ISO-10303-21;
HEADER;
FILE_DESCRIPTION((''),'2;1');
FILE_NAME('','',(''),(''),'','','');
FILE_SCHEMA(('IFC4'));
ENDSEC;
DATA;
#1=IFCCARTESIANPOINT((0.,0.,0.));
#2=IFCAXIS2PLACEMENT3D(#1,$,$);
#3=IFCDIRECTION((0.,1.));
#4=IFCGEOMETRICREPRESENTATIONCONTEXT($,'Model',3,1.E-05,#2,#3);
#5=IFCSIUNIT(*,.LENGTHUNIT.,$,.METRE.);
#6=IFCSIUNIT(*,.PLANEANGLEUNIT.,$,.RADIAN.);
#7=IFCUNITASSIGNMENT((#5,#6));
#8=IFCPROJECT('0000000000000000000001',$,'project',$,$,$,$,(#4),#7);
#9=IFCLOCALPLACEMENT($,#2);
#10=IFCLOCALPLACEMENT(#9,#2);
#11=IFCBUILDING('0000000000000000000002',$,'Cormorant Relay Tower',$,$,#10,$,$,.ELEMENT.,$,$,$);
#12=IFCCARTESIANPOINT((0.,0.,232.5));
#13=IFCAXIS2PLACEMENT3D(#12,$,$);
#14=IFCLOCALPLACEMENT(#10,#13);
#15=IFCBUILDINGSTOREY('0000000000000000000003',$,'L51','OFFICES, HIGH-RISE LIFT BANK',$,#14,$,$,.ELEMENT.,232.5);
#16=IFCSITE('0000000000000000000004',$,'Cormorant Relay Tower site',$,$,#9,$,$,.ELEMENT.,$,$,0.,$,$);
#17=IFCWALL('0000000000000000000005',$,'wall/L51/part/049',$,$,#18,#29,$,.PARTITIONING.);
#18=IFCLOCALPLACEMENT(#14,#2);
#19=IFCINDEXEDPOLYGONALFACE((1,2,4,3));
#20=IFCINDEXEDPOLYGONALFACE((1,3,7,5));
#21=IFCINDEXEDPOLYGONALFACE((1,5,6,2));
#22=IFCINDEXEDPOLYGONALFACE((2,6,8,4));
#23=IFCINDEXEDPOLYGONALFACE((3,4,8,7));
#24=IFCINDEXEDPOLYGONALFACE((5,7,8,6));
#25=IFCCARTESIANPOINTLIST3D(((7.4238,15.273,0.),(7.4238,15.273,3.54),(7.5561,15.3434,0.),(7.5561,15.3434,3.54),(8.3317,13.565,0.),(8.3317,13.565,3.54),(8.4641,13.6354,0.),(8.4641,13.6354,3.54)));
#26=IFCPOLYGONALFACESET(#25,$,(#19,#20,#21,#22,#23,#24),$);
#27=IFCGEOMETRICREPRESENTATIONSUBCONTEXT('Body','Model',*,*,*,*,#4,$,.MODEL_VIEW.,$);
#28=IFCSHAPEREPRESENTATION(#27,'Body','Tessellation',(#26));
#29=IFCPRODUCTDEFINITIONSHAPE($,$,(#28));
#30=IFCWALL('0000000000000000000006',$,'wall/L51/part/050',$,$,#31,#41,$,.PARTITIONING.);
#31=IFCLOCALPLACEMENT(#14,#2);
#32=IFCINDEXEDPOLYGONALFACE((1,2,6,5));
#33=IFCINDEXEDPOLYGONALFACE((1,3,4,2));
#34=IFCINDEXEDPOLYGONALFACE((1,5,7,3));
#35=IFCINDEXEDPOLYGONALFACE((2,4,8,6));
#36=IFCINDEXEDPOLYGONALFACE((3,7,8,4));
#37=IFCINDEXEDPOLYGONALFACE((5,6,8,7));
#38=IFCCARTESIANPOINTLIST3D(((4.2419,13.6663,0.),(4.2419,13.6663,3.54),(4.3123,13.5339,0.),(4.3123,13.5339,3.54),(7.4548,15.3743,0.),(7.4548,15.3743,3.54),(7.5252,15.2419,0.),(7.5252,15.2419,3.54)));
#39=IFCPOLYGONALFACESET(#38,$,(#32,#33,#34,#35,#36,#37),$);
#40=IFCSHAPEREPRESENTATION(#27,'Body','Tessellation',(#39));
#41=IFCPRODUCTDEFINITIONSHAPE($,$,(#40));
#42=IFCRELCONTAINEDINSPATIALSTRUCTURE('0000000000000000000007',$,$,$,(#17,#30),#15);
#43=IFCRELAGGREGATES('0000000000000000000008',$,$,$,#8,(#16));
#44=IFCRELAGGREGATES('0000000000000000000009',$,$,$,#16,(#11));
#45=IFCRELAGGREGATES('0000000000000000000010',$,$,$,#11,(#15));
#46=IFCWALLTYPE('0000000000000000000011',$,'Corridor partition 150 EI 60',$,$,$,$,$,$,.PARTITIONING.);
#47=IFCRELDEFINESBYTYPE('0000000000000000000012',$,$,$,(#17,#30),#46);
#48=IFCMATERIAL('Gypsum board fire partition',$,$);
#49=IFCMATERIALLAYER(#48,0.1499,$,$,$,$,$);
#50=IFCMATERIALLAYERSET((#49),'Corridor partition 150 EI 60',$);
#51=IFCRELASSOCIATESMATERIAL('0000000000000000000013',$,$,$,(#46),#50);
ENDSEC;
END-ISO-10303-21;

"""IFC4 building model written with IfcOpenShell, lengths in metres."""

from ifc_helpers import new_model, si_unit, direction, frame, frame_2d, origin, place, context, subcontext, project, spatial, rectangle, extrude, material, layer, layer_set, type_object, element, save


model = new_model("IFC4")

# Units and contexts
model_context = context("Model", 3, precision=1e-05, world=origin(), true_north=direction((0.0, 1.0)))
body_context = subcontext(model_context, "Body", "Model", "MODEL_VIEW")
ifc_project = project(units=[si_unit("LENGTHUNIT", "METRE"), si_unit("PLANEANGLEUNIT", "RADIAN")], contexts=[model_context])

# Site, building, storey
site_placement = place(None, origin())
site = spatial("IfcSite", under=ifc_project, at=site_placement, Name="Cormorant Relay Tower site", CompositionType="ELEMENT", RefElevation=0.0)
building_placement = place(site_placement, origin())
building = spatial("IfcBuilding", under=site, at=building_placement, Name="Cormorant Relay Tower", CompositionType="ELEMENT")
storey_placement = place(building_placement, frame((0.0, 0.0, 232.5)))
storey = spatial("IfcBuildingStorey", under=building, at=storey_placement, Name="L51", Description="OFFICES, HIGH-RISE LIFT BANK", CompositionType="ELEMENT", Elevation=232.5)

# Shared definitions
ifc_material_1 = material(Name="Gypsum board fire partition")
ifc_layer_1 = layer(ifc_material_1, 0.1499)
ifc_layer_set_1 = layer_set([ifc_layer_1], Name="Corridor partition 150 EI 60")
wall_type_1 = type_object("IfcWallType", Name="Corridor partition 150 EI 60", PredefinedType="PARTITIONING", material=ifc_layer_set_1)

# Walls
wall_1_placement = place(storey_placement, frame((8.3979, 13.6001, 0.0), z_axis=(0.0, 0.0, 1.0), x_axis=(-0.469389, 0.882991, 0.0)))
element("IfcWall", 1, at=wall_1_placement, inside=storey, type_object=wall_type_1, Name="wall/L51/part/049", PredefinedType="PARTITIONING", context=body_context, shape_type="SweptSolid", body=[
    extrude(rectangle(XDim=1.9343, YDim=0.1499, at=frame_2d((0.9673, 0.0))), origin(), (0.0, 0.0, 1.0), 3.54),
])
wall_2_placement = place(storey_placement, frame((7.49, 15.3081, 0.0), z_axis=(0.0, 0.0, 1.0), x_axis=(-0.882984, -0.469404, 0.0)))
element("IfcWall", 2, at=wall_2_placement, inside=storey, type_object=wall_type_1, Name="wall/L51/part/050", PredefinedType="PARTITIONING", context=body_context, shape_type="SweptSolid", body=[
    extrude(rectangle(XDim=3.6387, YDim=0.1499, at=frame_2d((1.8193, 0.0))), origin(), (0.0, 0.0, 1.0), 3.54),
])

save(model, "model.ifc")
